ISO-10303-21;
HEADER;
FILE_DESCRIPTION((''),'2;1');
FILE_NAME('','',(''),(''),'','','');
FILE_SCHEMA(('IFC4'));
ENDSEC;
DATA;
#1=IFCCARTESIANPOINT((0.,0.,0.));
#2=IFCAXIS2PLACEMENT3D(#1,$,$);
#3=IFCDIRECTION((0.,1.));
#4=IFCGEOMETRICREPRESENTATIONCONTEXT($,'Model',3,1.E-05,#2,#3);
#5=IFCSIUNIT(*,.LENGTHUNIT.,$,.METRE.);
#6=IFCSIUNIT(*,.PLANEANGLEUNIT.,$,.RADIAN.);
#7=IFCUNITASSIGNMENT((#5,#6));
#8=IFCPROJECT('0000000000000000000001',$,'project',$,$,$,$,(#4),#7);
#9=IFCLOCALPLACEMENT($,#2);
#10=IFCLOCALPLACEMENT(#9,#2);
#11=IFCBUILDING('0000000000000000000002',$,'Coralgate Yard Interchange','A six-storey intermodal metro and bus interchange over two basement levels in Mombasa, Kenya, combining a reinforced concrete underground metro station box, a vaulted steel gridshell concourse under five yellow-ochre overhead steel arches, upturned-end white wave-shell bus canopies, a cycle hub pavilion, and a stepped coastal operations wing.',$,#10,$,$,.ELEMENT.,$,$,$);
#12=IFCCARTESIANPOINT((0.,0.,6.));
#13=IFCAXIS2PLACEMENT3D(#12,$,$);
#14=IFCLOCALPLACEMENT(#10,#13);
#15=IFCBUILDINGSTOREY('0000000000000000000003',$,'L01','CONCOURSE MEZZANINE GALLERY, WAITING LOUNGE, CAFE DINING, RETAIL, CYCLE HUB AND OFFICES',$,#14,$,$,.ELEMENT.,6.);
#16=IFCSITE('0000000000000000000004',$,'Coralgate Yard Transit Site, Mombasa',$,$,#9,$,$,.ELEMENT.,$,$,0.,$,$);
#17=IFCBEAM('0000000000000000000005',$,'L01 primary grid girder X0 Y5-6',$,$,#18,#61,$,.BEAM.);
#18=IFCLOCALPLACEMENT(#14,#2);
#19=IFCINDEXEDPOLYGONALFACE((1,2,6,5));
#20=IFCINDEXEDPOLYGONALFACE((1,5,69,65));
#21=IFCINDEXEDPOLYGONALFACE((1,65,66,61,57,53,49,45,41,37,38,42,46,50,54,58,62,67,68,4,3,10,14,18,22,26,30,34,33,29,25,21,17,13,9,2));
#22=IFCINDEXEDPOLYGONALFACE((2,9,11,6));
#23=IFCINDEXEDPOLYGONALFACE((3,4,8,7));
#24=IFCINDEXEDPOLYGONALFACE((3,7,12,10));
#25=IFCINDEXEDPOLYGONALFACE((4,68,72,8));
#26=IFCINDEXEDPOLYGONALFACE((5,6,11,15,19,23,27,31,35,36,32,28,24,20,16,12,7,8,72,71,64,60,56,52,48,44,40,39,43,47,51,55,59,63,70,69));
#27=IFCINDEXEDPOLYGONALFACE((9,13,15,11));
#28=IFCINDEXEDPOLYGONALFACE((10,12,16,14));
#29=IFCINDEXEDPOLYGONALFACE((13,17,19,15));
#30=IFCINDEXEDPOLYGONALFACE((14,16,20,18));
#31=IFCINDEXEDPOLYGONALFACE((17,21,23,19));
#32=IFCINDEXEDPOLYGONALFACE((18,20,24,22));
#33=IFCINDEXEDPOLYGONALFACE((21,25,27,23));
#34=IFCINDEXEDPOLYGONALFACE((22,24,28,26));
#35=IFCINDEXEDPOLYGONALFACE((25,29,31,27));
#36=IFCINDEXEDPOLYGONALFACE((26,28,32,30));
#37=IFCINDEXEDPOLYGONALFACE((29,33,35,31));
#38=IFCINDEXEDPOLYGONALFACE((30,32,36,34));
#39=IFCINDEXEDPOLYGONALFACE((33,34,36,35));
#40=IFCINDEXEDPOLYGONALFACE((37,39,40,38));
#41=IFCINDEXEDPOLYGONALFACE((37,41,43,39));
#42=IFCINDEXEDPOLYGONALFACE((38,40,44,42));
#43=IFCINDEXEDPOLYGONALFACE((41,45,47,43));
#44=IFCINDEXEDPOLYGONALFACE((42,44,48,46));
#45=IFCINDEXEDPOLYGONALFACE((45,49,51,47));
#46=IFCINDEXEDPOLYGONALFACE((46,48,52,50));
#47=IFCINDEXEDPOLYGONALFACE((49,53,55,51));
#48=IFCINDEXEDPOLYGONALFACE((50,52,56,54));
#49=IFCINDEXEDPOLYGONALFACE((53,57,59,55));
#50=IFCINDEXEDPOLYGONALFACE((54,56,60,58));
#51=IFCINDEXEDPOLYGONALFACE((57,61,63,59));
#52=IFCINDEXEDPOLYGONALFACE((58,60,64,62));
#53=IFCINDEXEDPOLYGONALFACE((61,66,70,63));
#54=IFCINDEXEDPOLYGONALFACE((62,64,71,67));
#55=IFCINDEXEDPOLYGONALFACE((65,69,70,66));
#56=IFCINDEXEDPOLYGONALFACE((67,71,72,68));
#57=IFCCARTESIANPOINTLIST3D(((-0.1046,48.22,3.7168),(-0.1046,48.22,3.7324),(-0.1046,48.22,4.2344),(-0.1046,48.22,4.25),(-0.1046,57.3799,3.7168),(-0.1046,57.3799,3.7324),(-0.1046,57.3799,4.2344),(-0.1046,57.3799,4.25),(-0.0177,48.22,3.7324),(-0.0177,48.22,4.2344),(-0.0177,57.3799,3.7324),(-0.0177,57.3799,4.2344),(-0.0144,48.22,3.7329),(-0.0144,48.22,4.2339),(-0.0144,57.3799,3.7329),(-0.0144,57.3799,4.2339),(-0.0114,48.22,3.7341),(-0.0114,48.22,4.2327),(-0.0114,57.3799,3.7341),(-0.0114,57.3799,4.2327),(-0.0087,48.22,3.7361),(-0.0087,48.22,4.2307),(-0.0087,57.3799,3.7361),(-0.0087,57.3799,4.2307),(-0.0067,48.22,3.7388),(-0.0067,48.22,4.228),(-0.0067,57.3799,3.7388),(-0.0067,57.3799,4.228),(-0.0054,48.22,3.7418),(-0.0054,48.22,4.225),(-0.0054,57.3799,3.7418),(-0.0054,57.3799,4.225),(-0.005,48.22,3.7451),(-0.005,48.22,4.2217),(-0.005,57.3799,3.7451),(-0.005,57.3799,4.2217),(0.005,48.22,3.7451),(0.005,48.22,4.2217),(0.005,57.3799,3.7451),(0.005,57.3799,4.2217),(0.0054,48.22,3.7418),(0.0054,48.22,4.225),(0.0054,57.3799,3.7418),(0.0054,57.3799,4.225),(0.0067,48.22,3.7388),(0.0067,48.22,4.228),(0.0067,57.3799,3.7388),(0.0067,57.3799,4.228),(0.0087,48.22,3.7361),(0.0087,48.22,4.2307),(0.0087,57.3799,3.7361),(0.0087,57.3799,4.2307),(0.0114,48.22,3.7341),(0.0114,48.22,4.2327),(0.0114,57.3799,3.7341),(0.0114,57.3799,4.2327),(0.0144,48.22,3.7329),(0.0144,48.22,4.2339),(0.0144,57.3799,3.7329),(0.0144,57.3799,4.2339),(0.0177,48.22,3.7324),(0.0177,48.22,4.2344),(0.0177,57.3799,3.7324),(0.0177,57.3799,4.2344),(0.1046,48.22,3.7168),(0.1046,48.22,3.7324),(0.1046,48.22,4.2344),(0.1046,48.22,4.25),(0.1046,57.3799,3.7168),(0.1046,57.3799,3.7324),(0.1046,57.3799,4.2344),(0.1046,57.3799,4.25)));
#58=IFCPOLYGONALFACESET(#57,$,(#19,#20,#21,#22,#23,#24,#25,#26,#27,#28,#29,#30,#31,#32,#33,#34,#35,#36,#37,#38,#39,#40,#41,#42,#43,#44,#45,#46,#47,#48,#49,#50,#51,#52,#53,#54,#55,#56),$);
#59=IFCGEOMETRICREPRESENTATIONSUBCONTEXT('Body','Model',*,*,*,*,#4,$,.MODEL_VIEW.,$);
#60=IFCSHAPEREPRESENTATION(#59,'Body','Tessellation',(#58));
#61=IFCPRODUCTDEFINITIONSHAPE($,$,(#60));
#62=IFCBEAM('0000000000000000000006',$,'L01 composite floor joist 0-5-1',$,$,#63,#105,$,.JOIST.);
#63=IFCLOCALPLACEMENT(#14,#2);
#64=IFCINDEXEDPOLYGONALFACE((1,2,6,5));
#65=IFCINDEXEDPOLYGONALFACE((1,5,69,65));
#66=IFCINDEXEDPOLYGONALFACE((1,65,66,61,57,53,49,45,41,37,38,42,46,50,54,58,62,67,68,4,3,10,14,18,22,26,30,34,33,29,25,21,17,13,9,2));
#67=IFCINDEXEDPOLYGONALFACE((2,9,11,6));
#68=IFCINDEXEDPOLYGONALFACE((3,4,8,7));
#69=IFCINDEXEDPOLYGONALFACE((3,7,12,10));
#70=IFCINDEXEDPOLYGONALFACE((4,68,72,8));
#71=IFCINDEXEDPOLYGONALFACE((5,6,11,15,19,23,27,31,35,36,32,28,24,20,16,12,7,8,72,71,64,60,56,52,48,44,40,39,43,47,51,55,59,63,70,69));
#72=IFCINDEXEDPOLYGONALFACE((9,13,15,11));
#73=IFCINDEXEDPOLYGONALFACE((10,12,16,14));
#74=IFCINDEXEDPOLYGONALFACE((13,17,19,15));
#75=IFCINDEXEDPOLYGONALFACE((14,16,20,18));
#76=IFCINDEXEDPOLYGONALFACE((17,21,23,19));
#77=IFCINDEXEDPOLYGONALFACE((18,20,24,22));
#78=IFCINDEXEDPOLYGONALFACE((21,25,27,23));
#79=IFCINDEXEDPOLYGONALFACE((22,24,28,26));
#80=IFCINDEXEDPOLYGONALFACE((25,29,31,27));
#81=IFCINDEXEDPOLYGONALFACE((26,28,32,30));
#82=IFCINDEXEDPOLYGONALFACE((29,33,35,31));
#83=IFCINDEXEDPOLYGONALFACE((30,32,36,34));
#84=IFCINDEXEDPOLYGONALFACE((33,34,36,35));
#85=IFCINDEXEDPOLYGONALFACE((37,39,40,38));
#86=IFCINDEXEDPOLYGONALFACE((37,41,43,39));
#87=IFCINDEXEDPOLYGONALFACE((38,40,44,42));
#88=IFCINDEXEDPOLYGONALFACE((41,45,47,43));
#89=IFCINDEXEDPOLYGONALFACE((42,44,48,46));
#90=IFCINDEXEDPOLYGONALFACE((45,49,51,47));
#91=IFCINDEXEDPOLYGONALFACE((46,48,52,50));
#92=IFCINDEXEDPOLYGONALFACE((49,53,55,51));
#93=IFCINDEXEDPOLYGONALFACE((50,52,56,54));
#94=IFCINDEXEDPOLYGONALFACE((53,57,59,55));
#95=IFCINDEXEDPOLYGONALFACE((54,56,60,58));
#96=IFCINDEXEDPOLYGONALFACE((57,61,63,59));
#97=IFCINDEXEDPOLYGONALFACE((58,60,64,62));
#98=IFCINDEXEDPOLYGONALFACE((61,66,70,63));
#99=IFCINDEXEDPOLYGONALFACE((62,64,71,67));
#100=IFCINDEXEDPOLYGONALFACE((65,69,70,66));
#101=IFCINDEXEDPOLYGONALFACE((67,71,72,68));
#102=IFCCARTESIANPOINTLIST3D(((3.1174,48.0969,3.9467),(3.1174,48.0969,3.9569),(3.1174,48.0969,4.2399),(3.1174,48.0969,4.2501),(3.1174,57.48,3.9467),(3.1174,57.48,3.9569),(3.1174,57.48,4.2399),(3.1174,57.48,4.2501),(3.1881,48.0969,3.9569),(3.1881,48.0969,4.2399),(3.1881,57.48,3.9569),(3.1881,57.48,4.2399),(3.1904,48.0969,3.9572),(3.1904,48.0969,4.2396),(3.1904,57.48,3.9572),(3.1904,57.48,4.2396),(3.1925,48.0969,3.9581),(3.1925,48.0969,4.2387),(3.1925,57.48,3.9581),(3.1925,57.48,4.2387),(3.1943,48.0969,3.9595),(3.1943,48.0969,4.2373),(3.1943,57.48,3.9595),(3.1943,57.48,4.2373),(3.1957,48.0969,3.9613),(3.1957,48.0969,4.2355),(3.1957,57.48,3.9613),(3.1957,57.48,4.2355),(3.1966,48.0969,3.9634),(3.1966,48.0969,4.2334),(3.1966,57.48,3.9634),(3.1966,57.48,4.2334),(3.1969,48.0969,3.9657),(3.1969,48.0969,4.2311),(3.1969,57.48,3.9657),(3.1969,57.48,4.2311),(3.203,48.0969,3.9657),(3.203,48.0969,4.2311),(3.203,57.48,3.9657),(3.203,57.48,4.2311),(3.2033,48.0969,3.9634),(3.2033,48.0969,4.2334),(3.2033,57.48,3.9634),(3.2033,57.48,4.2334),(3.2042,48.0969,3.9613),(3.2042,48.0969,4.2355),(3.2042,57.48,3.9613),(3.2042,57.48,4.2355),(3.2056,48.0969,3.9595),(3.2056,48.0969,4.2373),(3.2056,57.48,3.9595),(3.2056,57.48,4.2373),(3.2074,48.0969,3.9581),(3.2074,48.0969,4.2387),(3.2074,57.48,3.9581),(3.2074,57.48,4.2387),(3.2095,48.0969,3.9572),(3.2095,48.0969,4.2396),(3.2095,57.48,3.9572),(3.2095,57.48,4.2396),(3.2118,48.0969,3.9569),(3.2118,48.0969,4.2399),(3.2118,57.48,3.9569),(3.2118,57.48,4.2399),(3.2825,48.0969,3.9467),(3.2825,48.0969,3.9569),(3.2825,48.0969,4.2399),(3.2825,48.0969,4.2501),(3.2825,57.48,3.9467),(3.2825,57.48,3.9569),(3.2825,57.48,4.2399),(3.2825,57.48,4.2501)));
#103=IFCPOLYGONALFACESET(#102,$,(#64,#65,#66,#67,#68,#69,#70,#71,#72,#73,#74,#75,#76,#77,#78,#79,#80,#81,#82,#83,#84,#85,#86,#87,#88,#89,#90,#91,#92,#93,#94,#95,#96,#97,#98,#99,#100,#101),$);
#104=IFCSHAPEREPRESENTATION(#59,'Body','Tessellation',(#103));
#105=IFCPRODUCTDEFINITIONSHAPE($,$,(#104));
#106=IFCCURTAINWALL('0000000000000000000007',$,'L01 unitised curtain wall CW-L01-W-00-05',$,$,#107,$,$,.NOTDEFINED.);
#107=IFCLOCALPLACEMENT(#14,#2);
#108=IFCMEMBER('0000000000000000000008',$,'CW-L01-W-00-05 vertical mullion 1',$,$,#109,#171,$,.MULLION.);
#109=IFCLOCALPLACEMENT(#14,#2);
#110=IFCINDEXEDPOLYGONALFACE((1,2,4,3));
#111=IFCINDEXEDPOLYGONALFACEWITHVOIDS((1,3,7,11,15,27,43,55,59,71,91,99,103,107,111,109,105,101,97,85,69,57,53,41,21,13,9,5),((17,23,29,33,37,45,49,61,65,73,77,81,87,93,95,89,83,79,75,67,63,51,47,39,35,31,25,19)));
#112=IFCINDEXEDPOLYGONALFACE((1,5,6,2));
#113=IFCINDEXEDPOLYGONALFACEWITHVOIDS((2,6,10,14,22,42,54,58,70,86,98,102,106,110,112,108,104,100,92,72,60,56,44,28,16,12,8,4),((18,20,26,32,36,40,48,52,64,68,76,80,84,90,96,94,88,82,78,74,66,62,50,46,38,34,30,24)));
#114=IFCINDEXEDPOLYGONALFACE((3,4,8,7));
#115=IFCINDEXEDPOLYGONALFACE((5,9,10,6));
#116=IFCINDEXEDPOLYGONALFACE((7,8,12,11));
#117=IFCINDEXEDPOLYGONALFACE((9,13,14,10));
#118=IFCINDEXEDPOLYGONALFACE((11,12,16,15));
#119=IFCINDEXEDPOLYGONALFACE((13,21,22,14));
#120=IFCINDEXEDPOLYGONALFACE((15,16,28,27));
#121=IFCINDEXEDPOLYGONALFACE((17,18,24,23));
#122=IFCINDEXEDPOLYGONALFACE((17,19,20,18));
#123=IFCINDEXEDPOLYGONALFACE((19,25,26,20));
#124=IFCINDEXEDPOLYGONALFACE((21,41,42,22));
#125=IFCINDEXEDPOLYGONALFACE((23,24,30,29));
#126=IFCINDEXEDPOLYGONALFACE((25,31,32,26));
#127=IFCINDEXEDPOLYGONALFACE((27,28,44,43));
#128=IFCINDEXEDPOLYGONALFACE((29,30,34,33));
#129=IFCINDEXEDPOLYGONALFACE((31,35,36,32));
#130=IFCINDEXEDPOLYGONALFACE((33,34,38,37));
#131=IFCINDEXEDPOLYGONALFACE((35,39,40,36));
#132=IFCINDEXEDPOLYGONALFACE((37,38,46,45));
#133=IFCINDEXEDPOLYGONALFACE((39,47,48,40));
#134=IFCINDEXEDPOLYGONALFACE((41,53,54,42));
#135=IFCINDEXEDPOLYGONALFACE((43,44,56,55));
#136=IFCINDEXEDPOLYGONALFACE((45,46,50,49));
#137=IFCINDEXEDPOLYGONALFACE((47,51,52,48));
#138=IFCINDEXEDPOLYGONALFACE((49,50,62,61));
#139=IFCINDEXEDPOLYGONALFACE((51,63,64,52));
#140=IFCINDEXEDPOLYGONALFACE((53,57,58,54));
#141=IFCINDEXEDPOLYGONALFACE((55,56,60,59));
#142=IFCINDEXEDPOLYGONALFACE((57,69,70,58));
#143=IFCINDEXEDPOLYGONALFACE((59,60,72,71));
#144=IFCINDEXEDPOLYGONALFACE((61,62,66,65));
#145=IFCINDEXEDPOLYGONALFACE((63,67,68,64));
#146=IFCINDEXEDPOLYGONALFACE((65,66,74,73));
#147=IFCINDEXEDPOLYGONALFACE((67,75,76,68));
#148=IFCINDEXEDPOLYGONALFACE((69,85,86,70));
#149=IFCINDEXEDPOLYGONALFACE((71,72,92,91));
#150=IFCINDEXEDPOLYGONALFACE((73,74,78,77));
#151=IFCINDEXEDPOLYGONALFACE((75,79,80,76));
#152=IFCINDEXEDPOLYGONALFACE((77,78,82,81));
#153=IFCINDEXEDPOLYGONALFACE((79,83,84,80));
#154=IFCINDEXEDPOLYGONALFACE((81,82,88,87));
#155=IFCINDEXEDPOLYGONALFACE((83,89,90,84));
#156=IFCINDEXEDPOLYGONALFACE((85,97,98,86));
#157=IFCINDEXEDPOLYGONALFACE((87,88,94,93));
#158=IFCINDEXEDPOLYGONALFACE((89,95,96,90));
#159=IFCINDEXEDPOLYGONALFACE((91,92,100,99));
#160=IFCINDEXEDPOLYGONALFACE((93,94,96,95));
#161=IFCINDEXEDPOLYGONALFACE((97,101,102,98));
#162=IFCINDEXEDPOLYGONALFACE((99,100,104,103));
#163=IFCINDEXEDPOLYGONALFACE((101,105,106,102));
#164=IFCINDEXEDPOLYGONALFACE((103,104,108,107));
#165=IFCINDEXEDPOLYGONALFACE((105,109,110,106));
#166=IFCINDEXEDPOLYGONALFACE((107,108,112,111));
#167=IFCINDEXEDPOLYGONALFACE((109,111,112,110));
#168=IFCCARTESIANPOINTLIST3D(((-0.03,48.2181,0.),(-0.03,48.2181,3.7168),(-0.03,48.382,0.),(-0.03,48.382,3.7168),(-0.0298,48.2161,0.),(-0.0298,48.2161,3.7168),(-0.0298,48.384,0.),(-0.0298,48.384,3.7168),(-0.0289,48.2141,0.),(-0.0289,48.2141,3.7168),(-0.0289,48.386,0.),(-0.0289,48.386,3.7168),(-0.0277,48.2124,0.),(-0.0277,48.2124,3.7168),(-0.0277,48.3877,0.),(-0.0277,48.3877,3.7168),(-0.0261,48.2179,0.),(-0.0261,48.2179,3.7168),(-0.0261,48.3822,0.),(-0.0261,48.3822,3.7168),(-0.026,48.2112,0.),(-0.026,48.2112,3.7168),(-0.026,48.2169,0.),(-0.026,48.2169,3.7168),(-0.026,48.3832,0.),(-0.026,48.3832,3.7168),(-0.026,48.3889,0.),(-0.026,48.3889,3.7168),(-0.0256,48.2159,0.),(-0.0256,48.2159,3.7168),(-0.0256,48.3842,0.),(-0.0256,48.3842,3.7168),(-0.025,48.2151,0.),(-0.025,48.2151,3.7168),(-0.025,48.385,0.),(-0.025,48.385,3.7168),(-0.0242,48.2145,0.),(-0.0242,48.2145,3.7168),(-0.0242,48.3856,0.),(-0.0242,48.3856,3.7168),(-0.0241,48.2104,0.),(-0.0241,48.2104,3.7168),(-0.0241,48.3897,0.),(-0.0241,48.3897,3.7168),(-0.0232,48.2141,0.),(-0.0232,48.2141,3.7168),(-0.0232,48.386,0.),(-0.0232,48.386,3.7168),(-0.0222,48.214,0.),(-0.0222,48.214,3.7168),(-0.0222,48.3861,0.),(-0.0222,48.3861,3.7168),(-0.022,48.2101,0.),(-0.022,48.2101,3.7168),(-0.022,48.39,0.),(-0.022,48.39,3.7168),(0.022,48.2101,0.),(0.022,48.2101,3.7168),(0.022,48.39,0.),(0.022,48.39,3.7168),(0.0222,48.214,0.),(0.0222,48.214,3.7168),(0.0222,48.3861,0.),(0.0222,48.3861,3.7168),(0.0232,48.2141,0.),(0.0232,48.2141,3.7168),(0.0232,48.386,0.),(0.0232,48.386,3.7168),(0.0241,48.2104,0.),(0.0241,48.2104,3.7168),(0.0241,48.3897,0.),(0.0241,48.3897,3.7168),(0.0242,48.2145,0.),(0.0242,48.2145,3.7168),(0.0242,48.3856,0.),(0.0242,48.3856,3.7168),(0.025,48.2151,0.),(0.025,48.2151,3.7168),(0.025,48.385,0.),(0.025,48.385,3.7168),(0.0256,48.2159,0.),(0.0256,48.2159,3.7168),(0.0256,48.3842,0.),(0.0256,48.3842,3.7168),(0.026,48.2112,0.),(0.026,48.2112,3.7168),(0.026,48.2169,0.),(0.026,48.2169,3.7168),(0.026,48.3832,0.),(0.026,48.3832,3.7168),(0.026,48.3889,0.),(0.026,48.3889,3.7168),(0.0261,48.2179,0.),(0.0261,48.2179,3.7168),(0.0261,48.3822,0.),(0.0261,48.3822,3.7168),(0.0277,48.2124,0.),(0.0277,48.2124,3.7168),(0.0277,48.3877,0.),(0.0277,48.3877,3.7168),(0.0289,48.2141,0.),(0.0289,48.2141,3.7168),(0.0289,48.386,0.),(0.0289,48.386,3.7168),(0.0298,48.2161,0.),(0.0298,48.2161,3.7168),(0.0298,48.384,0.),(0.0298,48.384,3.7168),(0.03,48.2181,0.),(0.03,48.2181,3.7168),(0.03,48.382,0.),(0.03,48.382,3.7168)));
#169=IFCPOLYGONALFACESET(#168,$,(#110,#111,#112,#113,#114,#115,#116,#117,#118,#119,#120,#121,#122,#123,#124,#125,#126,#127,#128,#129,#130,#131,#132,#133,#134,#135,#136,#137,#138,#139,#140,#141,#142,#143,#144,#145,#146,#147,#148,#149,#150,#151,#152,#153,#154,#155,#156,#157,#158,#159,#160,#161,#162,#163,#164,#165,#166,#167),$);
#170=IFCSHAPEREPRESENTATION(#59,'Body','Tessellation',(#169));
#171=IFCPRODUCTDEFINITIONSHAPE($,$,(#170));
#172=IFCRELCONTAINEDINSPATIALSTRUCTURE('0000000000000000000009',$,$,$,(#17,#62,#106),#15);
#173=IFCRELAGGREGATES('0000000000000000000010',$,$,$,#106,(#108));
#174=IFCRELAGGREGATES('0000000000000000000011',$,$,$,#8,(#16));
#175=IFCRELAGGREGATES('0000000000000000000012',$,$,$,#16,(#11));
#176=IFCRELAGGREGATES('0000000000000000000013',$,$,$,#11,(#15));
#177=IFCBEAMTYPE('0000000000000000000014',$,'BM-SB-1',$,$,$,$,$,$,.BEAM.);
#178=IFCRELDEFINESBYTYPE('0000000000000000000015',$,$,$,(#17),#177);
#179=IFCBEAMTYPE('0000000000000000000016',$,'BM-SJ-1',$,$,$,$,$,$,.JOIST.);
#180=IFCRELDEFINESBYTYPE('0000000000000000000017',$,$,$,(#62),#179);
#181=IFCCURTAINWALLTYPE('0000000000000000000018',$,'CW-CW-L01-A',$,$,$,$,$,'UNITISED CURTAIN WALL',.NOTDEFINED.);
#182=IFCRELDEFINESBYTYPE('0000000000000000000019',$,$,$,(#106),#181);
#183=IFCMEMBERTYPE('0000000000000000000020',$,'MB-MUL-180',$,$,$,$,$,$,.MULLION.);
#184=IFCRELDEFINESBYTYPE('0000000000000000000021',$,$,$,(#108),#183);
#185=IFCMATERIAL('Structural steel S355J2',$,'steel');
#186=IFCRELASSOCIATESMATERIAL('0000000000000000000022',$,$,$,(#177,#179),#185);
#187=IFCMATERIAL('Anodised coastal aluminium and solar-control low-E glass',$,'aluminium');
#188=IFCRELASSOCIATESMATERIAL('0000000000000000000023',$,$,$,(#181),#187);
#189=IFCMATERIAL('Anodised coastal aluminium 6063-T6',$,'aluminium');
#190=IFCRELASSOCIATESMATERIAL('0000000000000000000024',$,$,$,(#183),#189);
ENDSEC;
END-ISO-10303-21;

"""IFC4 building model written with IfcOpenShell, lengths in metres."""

from ifc_helpers import new_model, si_unit, direction, frame, origin, origin_2d, place, context, subcontext, project, spatial, hollow_rectangle, i_section, extrude, material, material_profile, profile_set, type_object, element, aggregate, save


model = new_model("IFC4")

# Units and contexts
model_context = context("Model", 3, precision=1e-05, world=origin(), true_north=direction((0.0, 1.0)))
body_context = subcontext(model_context, "Body", "Model", "MODEL_VIEW")
ifc_project = project(units=[si_unit("LENGTHUNIT", "METRE"), si_unit("PLANEANGLEUNIT", "RADIAN")], contexts=[model_context])

# Site, building, storey
site_placement = place(None, origin())
site = spatial("IfcSite", under=ifc_project, at=site_placement, Name="Coralgate Yard Transit Site, Mombasa", CompositionType="ELEMENT", RefElevation=0.0)
building_placement = place(site_placement, origin())
building = spatial("IfcBuilding", under=site, at=building_placement, Name="Coralgate Yard Interchange", Description="A six-storey intermodal metro and bus interchange over two basement levels in Mombasa, Kenya, combining a reinforced concrete underground metro station box, a vaulted steel gridshell concourse under five yellow-ochre overhead steel arches, upturned-end white wave-shell bus canopies, a cycle hub pavilion, and a stepped coastal operations wing.", CompositionType="ELEMENT")
storey_placement = place(building_placement, frame((0.0, 0.0, 6.0)))
storey = spatial("IfcBuildingStorey", under=building, at=storey_placement, Name="L01", Description="CONCOURSE MEZZANINE GALLERY, WAITING LOUNGE, CAFE DINING, RETAIL, CYCLE HUB AND OFFICES", CompositionType="ELEMENT", Elevation=6.0)

# Beams
ifc_material_1 = material(Name="Structural steel S355J2", Category="steel")
ifc_material_profile_1 = material_profile(ifc_material_1, i_section(OverallWidth=0.2092, OverallDepth=0.5332, WebThickness=0.01, FlangeThickness=0.0156, FilletRadius=0.0127, at=origin_2d()), Name="UB 533x210x92")
ifc_profile_set_1 = profile_set([ifc_material_profile_1], Name="Structural steel S355J2")
beam_type_1 = type_object("IfcBeamType", Name="BM-SB-1", PredefinedType="BEAM", material=ifc_profile_set_1)
beam_1_placement = place(storey_placement, frame((0.0, 48.22, 3.9834), z_axis=(0.0, 1.0, 0.0), x_axis=(-1.0, 0.0, 0.0)))
element("IfcBeam", 1, at=beam_1_placement, inside=storey, type_object=beam_type_1, Name="L01 primary grid girder X0 Y5-6", PredefinedType="BEAM", context=body_context, shape_type="SweptSolid", body=[
    extrude(i_section(OverallWidth=0.2092, OverallDepth=0.5332, WebThickness=0.01, FlangeThickness=0.0156, FilletRadius=0.0127, at=origin_2d()), origin(), (0.0, 0.0, 1.0), 9.1599),
])
ifc_material_profile_2 = material_profile(ifc_material_1, i_section(OverallWidth=0.165, OverallDepth=0.3035, WebThickness=0.0061, FlangeThickness=0.0103, FilletRadius=0.0088, at=origin_2d()), Name="UB 305x165x40")
ifc_profile_set_2 = profile_set([ifc_material_profile_2], Name="Structural steel S355J2")
beam_type_2 = type_object("IfcBeamType", Name="BM-SJ-1", PredefinedType="JOIST", material=ifc_profile_set_2)
beam_2_placement = place(storey_placement, frame((3.2, 48.0969, 4.0984), z_axis=(0.0, 1.0, 0.0), x_axis=(-1.0, 0.0, 0.0)))
element("IfcBeam", 2, at=beam_2_placement, inside=storey, type_object=beam_type_2, Name="L01 composite floor joist 0-5-1", PredefinedType="JOIST", context=body_context, shape_type="SweptSolid", body=[
    extrude(i_section(OverallWidth=0.165, OverallDepth=0.3035, WebThickness=0.0061, FlangeThickness=0.0103, FilletRadius=0.0088, at=origin_2d()), origin(), (0.0, 0.0, 1.0), 9.3831),
])

# Curtain wall, member
ifc_material_2 = material(Name="Anodised coastal aluminium and solar-control low-E glass", Category="aluminium")
curtain_wall_type = type_object("IfcCurtainWallType", Name="CW-CW-L01-A", ElementType="UNITISED CURTAIN WALL", PredefinedType="NOTDEFINED", material=ifc_material_2)
curtain_wall_placement = place(storey_placement, origin())
curtain_wall = element("IfcCurtainWall", 3, at=curtain_wall_placement, inside=storey, type_object=curtain_wall_type, Name="L01 unitised curtain wall CW-L01-W-00-05", PredefinedType="NOTDEFINED")
ifc_material_3 = material(Name="Anodised coastal aluminium 6063-T6", Category="aluminium")
ifc_material_profile_3 = material_profile(ifc_material_3, hollow_rectangle(XDim=0.0601, YDim=0.1799, WallThickness=0.0039, InnerFilletRadius=0.0039, OuterFilletRadius=0.0081, at=origin_2d()), Name="ALU 60x180x4")
ifc_profile_set_3 = profile_set([ifc_material_profile_3], Name="Anodised coastal aluminium 6063-T6")
member_type_1 = type_object("IfcMemberType", Name="MB-MUL-180", PredefinedType="MULLION", material=ifc_profile_set_3)
member_1_placement = place(storey_placement, frame((0.0, 48.3, 0.0), z_axis=(0.0, 0.0, 1.0), x_axis=(1.0, 0.0, 0.0)))
member_1 = element("IfcMember", 4, at=member_1_placement, type_object=member_type_1, Name="CW-L01-W-00-05 vertical mullion 1", PredefinedType="MULLION", context=body_context, shape_type="SweptSolid", body=[
    extrude(hollow_rectangle(XDim=0.0601, YDim=0.1799, WallThickness=0.0039, InnerFilletRadius=0.0039, OuterFilletRadius=0.0081, at=origin_2d()), origin(), (0.0, 0.0, 1.0), 3.7168),
])
aggregate(curtain_wall, [member_1])

save(model, "model.ifc")
